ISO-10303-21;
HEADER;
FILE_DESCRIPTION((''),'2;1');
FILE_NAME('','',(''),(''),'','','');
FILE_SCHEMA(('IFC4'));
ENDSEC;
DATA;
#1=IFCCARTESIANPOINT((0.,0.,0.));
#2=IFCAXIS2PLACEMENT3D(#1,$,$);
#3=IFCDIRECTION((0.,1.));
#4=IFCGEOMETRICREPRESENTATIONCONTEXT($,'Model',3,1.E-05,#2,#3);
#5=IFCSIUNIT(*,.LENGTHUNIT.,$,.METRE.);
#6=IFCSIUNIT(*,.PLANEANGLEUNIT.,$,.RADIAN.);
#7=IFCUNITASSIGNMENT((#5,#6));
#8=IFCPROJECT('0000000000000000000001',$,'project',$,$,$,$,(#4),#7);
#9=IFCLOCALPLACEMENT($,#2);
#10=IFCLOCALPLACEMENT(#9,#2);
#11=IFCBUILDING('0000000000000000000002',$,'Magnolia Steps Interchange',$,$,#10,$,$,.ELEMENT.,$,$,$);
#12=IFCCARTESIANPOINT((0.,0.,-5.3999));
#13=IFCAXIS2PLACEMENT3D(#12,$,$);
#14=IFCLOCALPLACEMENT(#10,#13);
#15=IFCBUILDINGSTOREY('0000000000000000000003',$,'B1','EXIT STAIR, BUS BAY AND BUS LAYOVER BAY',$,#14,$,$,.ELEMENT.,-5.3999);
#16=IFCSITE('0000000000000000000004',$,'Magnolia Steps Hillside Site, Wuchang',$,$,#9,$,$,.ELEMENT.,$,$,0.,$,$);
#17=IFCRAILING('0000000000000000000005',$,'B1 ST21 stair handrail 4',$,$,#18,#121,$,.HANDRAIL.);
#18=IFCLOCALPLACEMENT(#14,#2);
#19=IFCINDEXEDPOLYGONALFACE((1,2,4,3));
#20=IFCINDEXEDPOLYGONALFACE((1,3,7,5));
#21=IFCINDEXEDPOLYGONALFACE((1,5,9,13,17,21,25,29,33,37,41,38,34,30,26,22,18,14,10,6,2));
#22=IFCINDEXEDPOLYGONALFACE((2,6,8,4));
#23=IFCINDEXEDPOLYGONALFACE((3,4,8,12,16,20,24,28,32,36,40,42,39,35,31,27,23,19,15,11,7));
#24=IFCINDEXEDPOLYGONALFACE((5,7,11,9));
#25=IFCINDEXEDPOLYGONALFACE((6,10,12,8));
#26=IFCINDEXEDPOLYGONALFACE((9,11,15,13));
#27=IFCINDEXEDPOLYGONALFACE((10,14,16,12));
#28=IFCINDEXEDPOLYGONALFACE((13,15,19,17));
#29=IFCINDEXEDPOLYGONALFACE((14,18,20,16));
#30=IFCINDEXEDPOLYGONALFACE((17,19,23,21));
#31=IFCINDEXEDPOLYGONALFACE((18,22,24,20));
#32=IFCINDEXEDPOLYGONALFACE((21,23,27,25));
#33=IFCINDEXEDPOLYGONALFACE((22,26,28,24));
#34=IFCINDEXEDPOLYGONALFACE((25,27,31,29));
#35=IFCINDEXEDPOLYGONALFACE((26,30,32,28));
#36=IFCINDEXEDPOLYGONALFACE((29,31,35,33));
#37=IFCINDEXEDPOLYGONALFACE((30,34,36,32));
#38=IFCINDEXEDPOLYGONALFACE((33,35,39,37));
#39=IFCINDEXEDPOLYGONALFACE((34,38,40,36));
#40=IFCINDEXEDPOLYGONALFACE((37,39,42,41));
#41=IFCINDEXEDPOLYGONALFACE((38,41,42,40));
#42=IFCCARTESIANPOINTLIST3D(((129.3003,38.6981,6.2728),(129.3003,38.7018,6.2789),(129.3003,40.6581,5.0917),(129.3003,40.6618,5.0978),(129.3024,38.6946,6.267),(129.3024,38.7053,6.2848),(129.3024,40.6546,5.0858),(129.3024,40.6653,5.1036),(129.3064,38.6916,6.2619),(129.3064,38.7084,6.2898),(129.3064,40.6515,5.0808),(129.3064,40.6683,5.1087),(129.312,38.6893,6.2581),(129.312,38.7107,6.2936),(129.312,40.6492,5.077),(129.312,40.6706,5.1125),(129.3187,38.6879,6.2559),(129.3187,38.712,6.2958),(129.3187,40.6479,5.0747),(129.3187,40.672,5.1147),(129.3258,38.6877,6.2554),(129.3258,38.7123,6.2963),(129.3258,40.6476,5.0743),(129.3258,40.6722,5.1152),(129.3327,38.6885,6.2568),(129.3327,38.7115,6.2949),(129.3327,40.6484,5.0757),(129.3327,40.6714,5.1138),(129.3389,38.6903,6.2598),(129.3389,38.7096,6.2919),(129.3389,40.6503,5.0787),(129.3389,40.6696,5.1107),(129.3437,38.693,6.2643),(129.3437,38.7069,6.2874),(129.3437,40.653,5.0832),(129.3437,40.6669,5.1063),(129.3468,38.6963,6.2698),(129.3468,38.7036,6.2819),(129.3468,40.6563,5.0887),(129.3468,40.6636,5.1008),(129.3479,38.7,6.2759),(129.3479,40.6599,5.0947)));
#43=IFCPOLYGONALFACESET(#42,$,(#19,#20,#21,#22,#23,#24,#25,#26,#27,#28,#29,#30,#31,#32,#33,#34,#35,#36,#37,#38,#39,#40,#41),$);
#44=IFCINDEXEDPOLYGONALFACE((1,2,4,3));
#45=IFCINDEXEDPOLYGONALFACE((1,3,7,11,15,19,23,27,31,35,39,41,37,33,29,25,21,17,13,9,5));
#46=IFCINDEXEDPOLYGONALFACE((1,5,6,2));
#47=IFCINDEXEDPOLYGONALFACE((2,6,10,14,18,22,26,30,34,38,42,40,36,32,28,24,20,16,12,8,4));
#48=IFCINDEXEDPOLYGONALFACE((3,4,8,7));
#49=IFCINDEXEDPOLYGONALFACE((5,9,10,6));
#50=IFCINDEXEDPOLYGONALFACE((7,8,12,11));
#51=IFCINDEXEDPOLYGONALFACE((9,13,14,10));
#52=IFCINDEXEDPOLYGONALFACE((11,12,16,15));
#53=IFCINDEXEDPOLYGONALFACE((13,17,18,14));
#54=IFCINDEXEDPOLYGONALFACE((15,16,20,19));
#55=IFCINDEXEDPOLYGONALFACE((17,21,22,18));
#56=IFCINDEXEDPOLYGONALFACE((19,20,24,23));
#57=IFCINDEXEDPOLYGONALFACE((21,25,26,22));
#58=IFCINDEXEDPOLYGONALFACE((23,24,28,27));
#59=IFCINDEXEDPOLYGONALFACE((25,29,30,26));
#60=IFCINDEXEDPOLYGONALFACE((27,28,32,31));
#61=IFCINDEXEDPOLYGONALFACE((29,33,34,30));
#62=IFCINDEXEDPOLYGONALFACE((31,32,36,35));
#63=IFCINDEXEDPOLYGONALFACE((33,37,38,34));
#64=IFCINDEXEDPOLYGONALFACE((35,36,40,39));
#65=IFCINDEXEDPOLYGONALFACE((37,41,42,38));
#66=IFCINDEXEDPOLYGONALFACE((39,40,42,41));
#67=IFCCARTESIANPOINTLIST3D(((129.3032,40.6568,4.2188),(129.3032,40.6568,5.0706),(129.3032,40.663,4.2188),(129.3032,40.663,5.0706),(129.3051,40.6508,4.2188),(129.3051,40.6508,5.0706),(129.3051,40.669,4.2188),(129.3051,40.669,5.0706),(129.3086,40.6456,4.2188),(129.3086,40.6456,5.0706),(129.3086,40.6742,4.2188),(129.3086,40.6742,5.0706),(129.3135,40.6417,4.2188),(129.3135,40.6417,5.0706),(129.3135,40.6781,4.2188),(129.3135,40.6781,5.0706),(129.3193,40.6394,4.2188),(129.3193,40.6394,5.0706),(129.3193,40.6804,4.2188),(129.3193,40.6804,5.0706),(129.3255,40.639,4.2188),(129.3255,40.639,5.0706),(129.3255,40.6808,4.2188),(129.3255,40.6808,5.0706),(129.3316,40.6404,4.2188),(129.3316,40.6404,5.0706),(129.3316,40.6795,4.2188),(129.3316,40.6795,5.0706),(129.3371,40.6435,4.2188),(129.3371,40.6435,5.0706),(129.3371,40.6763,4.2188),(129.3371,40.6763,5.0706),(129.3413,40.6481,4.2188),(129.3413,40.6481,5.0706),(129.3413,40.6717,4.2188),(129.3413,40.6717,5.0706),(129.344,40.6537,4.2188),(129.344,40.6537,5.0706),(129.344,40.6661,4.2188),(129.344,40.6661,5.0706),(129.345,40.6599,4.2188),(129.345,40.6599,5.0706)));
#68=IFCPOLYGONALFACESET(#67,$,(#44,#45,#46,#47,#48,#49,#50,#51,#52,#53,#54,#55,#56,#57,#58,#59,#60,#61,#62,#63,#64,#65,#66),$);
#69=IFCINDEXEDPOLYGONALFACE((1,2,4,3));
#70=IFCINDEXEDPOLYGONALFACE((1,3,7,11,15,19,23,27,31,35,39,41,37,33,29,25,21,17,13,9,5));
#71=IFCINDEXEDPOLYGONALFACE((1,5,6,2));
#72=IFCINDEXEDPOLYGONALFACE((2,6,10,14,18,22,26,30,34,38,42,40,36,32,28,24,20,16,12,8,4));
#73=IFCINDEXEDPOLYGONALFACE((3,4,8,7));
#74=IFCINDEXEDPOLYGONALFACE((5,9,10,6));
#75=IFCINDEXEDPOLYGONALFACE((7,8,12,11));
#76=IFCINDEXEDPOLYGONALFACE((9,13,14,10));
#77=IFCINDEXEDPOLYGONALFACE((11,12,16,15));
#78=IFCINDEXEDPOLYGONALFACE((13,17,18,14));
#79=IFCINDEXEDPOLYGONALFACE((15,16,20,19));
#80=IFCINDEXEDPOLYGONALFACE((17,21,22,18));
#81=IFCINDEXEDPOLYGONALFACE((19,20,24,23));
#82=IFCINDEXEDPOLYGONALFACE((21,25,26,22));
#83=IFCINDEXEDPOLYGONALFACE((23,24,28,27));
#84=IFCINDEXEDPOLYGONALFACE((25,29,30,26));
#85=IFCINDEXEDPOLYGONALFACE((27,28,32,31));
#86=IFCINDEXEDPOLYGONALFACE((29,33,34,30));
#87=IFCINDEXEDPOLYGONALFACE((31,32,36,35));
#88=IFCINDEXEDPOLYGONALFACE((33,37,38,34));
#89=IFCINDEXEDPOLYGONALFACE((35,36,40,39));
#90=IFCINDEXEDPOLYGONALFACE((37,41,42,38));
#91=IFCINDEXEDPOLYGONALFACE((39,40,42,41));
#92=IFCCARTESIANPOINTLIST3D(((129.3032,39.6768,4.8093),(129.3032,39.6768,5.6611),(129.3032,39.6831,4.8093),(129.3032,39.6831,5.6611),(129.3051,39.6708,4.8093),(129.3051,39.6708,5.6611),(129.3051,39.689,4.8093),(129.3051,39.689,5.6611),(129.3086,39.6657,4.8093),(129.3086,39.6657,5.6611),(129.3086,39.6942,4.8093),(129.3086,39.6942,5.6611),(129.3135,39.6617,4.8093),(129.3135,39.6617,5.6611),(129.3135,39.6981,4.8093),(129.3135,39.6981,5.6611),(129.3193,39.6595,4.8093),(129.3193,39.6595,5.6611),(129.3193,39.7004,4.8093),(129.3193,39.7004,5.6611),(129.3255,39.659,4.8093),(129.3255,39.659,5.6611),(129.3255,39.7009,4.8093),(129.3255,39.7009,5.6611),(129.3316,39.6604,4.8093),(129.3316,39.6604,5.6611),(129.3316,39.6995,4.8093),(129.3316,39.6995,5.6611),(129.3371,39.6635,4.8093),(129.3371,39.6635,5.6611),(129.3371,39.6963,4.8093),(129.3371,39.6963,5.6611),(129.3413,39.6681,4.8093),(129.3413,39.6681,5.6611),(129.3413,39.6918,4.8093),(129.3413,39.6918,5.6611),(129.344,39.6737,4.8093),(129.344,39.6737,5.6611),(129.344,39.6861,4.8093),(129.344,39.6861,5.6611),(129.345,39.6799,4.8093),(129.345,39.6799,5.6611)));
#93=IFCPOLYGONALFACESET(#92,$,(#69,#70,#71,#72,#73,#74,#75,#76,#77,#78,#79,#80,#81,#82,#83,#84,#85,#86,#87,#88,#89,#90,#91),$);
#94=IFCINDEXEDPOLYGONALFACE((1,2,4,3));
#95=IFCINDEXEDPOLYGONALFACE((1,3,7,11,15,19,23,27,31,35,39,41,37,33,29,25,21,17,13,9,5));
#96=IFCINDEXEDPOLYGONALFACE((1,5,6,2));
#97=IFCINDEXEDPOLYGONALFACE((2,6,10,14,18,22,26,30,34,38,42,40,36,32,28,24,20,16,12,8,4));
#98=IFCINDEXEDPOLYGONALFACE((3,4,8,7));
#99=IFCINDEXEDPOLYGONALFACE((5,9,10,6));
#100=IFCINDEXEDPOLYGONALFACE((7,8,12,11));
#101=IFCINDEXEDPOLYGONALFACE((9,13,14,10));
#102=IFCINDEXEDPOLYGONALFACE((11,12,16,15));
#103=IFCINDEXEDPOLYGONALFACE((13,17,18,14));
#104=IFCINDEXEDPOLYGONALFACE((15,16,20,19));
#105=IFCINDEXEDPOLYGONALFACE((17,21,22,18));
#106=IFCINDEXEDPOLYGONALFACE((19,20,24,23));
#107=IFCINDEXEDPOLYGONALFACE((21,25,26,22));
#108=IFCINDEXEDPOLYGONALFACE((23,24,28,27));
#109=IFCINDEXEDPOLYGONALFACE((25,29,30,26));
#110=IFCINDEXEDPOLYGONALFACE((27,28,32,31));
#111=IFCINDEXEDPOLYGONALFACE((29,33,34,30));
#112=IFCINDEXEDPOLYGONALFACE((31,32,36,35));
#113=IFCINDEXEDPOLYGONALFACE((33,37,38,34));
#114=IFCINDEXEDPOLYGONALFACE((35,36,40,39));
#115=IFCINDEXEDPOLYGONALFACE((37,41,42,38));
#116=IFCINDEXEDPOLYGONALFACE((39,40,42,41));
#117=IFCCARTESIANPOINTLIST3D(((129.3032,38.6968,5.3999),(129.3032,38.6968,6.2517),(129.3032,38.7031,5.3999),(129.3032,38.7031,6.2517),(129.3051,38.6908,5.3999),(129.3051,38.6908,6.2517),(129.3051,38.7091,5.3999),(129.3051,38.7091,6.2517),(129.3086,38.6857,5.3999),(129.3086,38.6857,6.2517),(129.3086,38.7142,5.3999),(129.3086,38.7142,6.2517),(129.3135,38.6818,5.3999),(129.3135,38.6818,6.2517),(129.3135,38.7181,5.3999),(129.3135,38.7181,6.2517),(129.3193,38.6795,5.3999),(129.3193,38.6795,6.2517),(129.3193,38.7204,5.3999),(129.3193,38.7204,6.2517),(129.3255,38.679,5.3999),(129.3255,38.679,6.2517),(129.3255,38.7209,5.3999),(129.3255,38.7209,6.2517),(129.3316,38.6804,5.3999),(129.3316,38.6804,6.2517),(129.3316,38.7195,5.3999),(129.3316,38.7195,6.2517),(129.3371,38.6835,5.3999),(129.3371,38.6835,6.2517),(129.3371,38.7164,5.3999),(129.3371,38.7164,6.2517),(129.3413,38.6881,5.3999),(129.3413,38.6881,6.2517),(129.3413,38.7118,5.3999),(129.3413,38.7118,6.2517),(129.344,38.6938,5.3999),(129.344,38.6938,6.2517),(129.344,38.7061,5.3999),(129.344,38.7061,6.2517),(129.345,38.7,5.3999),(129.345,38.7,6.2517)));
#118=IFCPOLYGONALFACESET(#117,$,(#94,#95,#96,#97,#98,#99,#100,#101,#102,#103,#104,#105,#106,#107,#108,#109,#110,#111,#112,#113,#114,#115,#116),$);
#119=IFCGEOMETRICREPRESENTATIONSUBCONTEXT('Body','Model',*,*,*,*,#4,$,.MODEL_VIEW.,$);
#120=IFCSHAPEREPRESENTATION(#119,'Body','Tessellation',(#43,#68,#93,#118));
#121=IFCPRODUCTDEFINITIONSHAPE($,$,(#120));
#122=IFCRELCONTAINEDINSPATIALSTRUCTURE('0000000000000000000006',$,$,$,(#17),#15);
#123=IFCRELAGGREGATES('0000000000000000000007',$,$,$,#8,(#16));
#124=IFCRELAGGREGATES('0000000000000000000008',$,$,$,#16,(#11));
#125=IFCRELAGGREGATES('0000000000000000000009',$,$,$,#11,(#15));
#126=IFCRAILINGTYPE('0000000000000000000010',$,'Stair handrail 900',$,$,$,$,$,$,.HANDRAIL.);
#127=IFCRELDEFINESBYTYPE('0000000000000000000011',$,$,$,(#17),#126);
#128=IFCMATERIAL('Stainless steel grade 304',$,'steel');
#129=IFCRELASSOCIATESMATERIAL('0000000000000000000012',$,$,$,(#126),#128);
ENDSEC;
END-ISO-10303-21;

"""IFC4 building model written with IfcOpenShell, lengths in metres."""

from ifc_helpers import new_model, si_unit, direction, frame, origin, origin_2d, place, context, subcontext, project, spatial, circle, extrude, material, type_object, element, save


model = new_model("IFC4")

# Units and contexts
model_context = context("Model", 3, precision=1e-05, world=origin(), true_north=direction((0.0, 1.0)))
body_context = subcontext(model_context, "Body", "Model", "MODEL_VIEW")
ifc_project = project(units=[si_unit("LENGTHUNIT", "METRE"), si_unit("PLANEANGLEUNIT", "RADIAN")], contexts=[model_context])

# Site, building, storey
site_placement = place(None, origin())
site = spatial("IfcSite", under=ifc_project, at=site_placement, Name="Magnolia Steps Hillside Site, Wuchang", CompositionType="ELEMENT", RefElevation=0.0)
building_placement = place(site_placement, origin())
building = spatial("IfcBuilding", under=site, at=building_placement, Name="Magnolia Steps Interchange", CompositionType="ELEMENT")
storey_placement = place(building_placement, frame((0.0, 0.0, -5.3999)))
storey = spatial("IfcBuildingStorey", under=building, at=storey_placement, Name="B1", Description="EXIT STAIR, BUS BAY AND BUS LAYOVER BAY", CompositionType="ELEMENT", Elevation=-5.3999)

# Railing
ifc_material_1 = material(Name="Stainless steel grade 304", Category="steel")
railing_type_1 = type_object("IfcRailingType", Name="Stair handrail 900", PredefinedType="HANDRAIL", material=ifc_material_1)
railing_1_placement = place(storey_placement, frame((129.324, 40.6599, 4.2188)))
element("IfcRailing", 1, at=railing_1_placement, inside=storey, type_object=railing_type_1, Name="B1 ST21 stair handrail 4", PredefinedType="HANDRAIL", context=body_context, shape_type="SweptSolid", body=[
    extrude(circle(Radius=0.0239, at=origin_2d()), frame((0.0, 0.0, 0.876), z_axis=(0.0, -0.856493, 0.516158), x_axis=(1.0, 0.0, 0.0)), (0.0, 0.0, 1.0), 2.2883),
    extrude(circle(Radius=0.021, at=origin_2d()), origin(), (0.0, 0.0, 1.0), 0.8518),
    extrude(circle(Radius=0.021, at=origin_2d()), frame((0.0, -0.98, 0.5906)), (0.0, 0.0, 1.0), 0.8518),
    extrude(circle(Radius=0.021, at=origin_2d()), frame((0.0, -1.96, 1.1812)), (0.0, 0.0, 1.0), 0.8518),
])

save(model, "model.ifc")
